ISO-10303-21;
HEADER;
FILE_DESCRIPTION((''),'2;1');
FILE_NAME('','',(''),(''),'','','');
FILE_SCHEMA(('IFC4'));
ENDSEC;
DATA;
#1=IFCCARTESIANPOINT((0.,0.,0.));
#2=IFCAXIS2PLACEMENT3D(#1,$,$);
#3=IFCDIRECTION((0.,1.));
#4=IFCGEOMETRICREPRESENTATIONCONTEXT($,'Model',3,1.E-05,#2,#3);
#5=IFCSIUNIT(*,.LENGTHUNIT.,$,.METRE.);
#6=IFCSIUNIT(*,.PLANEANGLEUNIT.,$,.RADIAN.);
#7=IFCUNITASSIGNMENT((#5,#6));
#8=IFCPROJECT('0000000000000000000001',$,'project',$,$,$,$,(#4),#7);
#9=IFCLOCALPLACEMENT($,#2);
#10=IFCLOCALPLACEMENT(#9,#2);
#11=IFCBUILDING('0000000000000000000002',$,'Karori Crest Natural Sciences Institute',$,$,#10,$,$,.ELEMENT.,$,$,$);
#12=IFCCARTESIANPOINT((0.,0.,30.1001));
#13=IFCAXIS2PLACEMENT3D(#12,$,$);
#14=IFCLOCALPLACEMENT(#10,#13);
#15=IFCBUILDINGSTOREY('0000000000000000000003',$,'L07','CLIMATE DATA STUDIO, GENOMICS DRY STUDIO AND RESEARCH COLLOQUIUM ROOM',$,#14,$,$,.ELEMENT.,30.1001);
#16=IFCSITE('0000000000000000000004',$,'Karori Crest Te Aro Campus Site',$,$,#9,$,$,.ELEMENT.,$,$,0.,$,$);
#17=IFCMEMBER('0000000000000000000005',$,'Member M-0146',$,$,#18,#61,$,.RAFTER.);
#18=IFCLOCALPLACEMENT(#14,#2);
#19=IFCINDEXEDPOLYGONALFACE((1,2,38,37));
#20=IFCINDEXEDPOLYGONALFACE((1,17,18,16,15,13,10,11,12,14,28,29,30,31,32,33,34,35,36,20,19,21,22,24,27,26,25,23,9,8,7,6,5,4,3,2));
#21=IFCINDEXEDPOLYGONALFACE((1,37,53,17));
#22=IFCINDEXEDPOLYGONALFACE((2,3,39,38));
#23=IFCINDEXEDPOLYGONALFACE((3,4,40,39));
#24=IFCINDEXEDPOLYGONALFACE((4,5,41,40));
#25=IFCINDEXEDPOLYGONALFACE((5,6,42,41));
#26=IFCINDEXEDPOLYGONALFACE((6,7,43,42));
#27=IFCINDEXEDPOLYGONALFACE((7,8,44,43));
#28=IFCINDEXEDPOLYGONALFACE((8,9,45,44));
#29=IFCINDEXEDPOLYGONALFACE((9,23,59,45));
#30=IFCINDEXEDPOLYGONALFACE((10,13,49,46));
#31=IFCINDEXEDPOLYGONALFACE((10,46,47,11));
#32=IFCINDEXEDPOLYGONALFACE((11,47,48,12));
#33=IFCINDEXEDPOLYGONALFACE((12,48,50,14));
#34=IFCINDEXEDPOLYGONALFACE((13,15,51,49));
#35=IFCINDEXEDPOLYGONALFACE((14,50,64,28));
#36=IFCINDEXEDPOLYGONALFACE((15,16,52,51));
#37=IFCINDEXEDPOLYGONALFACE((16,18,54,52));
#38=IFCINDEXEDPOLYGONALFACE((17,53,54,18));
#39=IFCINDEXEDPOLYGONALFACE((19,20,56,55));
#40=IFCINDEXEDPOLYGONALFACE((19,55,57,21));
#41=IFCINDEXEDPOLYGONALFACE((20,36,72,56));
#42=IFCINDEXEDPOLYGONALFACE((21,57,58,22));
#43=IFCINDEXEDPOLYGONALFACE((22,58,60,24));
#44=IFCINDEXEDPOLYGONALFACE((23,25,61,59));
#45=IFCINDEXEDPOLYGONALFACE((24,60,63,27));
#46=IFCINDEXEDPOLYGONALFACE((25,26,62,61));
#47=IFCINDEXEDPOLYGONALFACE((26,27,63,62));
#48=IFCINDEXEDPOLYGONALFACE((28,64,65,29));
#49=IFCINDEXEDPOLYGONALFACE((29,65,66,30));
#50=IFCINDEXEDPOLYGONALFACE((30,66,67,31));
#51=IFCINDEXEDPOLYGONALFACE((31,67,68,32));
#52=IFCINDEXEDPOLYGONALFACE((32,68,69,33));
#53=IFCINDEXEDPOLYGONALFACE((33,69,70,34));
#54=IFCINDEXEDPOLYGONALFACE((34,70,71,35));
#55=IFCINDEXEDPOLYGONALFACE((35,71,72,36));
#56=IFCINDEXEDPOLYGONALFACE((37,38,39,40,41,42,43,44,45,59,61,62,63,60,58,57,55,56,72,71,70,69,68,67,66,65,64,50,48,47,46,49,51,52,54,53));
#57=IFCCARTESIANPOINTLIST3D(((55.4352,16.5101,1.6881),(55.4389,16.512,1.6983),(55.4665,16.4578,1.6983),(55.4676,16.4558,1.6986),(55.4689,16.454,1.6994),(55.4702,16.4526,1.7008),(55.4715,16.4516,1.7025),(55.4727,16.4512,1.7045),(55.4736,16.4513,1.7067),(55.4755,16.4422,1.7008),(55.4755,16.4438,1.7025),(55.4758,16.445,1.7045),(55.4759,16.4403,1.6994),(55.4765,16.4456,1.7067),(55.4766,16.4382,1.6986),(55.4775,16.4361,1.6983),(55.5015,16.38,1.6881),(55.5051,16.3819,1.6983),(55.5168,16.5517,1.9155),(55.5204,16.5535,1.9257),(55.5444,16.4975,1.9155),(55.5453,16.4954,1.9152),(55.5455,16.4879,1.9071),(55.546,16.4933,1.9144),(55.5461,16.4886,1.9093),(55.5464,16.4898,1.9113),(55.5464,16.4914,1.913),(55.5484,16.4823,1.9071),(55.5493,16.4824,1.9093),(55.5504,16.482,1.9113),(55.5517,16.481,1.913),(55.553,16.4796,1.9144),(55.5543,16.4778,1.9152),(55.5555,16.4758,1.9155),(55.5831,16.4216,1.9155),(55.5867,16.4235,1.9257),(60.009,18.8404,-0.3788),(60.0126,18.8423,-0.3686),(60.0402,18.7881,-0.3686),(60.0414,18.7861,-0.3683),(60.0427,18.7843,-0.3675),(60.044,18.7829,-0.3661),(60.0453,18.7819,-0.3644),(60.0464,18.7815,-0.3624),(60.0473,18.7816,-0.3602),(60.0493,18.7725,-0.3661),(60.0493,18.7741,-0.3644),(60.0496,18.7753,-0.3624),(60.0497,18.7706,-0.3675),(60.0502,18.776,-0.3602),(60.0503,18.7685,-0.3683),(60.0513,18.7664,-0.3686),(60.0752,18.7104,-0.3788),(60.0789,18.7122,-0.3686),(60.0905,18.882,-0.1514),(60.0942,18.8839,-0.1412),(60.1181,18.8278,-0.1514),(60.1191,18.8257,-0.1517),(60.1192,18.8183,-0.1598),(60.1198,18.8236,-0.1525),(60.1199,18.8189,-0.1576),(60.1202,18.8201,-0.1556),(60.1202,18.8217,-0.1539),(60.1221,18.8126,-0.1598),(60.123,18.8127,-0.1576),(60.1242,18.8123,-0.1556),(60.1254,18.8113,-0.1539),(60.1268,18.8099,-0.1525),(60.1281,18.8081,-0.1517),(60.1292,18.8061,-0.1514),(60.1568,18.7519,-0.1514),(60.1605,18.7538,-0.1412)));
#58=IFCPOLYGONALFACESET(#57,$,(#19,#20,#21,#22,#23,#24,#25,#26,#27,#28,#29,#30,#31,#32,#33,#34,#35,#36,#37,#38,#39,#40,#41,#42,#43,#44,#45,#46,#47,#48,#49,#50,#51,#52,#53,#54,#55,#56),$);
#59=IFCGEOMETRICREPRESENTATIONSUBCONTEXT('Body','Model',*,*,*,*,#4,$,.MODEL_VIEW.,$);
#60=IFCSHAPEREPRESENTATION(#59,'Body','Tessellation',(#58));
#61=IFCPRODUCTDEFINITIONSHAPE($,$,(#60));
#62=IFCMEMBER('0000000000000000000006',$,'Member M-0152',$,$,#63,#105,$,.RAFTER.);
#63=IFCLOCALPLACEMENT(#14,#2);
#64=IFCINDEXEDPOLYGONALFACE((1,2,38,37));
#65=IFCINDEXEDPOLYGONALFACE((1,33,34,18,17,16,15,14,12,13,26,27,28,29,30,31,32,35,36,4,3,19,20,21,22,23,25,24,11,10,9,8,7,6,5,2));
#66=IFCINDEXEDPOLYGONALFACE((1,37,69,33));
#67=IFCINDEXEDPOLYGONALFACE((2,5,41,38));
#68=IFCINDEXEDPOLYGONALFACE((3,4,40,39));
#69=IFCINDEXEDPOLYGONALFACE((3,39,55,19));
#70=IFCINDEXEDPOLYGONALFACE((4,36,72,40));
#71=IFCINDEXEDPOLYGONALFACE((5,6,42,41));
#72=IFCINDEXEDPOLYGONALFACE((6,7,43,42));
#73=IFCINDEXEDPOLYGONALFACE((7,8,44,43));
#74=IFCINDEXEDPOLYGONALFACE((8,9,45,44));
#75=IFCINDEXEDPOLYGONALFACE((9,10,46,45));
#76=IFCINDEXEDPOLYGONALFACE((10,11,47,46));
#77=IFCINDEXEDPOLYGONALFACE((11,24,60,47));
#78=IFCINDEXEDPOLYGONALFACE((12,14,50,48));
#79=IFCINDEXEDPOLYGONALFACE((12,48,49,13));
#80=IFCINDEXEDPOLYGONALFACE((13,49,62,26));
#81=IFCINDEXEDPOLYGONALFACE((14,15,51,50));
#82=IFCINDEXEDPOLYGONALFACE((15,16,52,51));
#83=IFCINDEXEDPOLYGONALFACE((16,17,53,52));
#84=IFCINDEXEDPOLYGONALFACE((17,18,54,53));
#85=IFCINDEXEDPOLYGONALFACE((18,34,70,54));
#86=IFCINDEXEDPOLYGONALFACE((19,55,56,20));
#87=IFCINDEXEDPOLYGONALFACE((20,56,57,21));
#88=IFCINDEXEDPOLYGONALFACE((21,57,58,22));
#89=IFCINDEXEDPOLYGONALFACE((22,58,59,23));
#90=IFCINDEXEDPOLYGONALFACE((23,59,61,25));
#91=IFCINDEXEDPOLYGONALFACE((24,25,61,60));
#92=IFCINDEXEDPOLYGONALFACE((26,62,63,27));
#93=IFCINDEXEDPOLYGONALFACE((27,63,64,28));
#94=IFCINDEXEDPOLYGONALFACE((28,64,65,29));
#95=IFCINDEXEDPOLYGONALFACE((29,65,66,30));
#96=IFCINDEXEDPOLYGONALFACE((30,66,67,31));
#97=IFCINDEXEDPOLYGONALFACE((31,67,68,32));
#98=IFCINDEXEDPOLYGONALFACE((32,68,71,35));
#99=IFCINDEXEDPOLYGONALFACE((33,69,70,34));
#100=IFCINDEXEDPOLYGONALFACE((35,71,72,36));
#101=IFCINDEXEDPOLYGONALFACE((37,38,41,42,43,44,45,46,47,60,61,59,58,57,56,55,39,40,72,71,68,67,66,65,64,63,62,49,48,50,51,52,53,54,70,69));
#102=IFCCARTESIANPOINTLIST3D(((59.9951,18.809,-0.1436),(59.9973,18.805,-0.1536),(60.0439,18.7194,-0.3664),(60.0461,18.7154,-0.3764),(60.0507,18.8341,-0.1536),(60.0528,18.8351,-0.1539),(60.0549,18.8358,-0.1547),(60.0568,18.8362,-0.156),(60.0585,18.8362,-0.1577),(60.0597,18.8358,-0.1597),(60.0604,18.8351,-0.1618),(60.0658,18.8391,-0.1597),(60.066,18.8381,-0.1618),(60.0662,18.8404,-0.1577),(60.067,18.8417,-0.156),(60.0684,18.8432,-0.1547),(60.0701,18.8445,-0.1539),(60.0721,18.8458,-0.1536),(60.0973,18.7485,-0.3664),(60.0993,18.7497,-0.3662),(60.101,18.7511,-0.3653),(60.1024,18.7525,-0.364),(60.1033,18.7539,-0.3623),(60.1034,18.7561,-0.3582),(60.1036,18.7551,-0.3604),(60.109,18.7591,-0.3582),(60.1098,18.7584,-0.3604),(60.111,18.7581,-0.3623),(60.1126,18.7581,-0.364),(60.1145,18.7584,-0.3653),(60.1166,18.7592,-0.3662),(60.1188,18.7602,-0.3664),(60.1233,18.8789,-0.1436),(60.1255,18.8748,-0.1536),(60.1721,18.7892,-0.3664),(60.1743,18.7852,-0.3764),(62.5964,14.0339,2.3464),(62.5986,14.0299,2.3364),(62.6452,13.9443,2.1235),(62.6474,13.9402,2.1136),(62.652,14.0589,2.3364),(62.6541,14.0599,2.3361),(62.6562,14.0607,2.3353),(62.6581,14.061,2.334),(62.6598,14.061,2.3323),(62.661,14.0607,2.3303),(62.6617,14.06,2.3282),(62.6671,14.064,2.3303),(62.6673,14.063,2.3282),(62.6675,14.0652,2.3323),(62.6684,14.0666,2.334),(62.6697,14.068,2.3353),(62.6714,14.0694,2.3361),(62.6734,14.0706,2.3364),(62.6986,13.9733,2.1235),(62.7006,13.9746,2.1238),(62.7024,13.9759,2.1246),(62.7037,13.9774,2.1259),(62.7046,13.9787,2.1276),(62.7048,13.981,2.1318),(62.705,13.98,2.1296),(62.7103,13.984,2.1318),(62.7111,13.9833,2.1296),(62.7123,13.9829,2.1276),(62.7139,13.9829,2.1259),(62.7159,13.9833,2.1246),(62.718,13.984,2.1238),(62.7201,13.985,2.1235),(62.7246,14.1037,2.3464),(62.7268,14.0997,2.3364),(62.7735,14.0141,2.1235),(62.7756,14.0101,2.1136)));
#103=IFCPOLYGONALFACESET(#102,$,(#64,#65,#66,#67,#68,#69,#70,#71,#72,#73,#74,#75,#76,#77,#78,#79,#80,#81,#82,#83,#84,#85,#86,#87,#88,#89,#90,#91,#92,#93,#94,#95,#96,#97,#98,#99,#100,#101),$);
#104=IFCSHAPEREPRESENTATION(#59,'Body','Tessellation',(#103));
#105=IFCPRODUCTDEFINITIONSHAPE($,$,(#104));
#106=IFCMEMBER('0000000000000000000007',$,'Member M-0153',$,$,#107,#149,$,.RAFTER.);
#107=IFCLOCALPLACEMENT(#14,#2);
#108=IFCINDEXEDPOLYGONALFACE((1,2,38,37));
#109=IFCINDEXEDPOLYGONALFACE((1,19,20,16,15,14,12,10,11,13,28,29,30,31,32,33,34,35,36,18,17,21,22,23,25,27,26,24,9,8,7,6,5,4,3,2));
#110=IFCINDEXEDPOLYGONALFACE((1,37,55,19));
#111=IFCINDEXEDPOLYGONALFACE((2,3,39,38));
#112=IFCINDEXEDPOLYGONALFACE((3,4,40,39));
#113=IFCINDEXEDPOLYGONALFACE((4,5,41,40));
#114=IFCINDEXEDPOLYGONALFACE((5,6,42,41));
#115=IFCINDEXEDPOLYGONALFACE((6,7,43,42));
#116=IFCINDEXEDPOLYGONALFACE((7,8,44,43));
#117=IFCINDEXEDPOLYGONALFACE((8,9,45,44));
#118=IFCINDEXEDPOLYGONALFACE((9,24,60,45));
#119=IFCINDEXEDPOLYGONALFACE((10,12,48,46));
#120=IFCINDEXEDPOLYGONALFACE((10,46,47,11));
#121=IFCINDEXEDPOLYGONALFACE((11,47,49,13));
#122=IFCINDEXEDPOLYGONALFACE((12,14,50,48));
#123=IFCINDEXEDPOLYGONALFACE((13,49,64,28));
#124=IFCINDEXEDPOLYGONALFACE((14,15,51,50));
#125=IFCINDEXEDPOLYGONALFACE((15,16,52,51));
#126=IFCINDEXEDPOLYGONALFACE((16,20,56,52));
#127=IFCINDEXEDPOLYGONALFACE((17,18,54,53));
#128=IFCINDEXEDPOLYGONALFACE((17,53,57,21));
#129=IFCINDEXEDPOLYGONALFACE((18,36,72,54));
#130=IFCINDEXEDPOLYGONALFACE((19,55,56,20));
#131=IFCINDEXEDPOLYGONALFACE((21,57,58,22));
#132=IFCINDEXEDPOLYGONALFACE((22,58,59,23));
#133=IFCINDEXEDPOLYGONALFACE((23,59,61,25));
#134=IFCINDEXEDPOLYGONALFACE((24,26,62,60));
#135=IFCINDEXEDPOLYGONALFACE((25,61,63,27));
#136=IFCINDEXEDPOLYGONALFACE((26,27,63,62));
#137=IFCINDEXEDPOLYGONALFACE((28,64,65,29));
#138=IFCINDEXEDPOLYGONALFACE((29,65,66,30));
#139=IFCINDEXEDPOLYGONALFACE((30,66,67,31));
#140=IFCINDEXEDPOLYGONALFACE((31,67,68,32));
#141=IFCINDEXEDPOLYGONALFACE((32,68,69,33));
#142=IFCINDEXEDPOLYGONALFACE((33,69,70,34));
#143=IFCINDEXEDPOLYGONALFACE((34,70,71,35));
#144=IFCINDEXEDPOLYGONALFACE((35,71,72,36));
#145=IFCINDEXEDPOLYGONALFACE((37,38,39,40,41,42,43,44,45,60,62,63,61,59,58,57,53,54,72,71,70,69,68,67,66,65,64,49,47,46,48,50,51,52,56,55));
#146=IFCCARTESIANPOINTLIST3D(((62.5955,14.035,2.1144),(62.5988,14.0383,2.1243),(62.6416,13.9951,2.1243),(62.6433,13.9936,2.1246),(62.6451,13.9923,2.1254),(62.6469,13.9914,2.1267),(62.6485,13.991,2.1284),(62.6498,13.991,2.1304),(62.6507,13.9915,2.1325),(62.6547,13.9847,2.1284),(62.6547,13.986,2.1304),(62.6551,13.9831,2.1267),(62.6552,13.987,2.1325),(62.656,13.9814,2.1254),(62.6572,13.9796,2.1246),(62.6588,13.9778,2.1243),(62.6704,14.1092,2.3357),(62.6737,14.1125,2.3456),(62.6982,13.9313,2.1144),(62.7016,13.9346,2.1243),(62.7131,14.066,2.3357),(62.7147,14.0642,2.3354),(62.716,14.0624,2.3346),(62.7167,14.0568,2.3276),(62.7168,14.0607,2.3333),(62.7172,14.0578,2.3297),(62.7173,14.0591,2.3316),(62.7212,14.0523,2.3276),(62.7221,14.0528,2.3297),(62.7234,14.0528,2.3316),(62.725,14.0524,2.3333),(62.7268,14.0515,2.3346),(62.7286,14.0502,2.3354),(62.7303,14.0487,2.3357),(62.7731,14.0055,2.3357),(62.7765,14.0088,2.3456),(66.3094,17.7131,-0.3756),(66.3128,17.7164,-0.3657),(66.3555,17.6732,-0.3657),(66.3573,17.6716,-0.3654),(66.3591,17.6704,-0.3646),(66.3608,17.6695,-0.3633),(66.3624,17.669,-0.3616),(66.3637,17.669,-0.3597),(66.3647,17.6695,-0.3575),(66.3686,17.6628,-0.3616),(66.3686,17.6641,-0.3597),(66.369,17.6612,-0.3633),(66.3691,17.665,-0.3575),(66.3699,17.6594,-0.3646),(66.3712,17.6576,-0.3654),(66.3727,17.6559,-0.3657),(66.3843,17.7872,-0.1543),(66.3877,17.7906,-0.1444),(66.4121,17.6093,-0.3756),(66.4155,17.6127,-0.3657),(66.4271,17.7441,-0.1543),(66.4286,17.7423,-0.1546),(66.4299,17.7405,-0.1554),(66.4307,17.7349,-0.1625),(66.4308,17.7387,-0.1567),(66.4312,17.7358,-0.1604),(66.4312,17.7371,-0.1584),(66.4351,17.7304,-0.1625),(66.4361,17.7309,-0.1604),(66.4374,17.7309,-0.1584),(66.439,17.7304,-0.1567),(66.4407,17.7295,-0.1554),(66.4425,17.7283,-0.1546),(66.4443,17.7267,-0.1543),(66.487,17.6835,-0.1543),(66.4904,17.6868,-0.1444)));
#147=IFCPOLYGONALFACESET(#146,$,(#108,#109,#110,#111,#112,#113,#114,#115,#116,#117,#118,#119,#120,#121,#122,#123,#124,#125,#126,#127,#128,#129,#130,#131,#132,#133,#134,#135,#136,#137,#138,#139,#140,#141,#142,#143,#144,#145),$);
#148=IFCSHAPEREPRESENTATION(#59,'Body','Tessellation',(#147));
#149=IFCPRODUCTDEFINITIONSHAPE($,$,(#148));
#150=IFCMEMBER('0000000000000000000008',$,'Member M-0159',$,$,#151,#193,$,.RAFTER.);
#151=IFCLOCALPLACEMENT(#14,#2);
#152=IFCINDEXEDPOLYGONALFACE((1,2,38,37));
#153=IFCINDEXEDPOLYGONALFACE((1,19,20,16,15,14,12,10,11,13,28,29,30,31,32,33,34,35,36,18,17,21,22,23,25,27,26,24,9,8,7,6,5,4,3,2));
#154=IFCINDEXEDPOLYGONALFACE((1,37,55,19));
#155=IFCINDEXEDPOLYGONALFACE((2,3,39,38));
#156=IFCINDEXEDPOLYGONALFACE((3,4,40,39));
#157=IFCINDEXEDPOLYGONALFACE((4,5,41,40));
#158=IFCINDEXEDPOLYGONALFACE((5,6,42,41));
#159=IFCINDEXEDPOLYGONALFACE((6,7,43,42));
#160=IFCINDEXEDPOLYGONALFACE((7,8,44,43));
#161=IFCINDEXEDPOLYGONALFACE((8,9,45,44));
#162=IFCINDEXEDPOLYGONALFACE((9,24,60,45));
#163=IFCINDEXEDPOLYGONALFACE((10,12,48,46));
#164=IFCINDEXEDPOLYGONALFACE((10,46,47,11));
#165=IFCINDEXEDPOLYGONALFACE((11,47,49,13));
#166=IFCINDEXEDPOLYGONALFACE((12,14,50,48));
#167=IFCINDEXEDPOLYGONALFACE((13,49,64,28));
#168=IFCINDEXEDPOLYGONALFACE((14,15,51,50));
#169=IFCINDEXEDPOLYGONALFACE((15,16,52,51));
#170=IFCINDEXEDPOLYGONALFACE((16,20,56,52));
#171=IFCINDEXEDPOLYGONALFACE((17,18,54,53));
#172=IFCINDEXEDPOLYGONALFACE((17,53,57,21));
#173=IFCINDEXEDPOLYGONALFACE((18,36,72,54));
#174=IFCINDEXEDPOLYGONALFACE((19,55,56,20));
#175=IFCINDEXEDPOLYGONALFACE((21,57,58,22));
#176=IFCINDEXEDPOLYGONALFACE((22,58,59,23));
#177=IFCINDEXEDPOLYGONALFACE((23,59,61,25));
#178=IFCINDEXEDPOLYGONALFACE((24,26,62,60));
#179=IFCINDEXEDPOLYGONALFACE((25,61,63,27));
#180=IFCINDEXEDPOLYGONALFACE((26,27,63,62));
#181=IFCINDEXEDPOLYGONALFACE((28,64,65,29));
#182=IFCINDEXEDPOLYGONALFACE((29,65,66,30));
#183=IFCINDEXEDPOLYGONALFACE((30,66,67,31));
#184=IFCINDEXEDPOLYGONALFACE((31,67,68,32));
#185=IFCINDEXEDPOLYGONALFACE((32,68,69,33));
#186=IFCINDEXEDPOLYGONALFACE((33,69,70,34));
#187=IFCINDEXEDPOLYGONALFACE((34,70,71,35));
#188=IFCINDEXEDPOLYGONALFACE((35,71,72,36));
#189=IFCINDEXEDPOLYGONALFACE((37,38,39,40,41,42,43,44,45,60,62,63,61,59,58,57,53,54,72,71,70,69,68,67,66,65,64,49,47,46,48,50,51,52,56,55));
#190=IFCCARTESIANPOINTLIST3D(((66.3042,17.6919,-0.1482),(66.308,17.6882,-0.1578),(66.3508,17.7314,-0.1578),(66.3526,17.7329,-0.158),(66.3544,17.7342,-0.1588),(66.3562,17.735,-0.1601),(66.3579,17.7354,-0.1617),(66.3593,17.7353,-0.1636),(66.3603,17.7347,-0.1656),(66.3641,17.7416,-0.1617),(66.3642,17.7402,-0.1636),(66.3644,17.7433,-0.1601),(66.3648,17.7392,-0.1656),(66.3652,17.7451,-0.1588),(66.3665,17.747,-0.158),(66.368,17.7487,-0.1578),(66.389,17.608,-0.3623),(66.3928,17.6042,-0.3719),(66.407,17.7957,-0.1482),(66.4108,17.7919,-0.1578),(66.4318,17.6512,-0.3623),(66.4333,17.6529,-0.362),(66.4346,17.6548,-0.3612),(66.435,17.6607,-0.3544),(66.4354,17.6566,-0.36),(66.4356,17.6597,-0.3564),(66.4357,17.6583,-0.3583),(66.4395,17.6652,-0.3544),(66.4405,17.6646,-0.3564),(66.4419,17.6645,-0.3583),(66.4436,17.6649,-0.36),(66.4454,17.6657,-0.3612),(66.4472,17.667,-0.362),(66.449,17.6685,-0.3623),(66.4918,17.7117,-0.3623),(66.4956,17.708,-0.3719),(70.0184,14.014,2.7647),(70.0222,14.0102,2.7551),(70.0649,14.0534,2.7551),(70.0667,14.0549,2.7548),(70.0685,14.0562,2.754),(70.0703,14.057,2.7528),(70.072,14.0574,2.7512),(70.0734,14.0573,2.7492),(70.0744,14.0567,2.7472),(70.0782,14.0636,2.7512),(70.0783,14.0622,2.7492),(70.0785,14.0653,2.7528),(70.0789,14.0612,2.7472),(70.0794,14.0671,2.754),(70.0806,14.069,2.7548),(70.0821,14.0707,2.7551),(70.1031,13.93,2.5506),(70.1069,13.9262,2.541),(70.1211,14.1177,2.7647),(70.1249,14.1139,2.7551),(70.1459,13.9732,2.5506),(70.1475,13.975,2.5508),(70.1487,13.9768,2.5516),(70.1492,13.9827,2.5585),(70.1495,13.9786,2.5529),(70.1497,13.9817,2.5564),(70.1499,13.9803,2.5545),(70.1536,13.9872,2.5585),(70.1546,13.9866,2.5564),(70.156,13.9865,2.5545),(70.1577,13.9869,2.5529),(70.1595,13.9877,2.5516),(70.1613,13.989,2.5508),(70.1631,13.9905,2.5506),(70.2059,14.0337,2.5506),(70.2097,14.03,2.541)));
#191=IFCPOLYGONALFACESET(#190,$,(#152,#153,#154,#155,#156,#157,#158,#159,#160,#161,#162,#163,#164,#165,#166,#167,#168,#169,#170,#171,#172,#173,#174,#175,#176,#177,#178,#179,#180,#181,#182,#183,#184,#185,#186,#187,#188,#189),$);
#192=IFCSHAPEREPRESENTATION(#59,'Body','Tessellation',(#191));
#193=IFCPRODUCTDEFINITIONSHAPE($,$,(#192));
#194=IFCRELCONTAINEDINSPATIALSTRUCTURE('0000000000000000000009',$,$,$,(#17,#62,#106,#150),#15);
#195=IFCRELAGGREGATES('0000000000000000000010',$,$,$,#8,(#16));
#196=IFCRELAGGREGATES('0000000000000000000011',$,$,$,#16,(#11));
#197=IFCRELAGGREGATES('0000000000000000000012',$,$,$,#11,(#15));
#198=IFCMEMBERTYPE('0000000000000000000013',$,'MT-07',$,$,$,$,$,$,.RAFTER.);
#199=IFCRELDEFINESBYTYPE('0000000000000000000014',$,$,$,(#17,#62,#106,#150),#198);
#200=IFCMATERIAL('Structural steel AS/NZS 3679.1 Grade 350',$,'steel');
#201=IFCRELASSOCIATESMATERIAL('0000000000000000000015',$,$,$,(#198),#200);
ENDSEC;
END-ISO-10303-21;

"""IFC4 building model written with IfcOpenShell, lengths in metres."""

from ifc_helpers import new_model, si_unit, direction, frame, origin, origin_2d, place, context, subcontext, project, spatial, i_section, extrude, material, material_profile, profile_set, type_object, element, save


model = new_model("IFC4")

# Units and contexts
model_context = context("Model", 3, precision=1e-05, world=origin(), true_north=direction((0.0, 1.0)))
body_context = subcontext(model_context, "Body", "Model", "MODEL_VIEW")
ifc_project = project(units=[si_unit("LENGTHUNIT", "METRE"), si_unit("PLANEANGLEUNIT", "RADIAN")], contexts=[model_context])

# Site, building, storey
site_placement = place(None, origin())
site = spatial("IfcSite", under=ifc_project, at=site_placement, Name="Karori Crest Te Aro Campus Site", CompositionType="ELEMENT", RefElevation=0.0)
building_placement = place(site_placement, origin())
building = spatial("IfcBuilding", under=site, at=building_placement, Name="Karori Crest Natural Sciences Institute", CompositionType="ELEMENT")
storey_placement = place(building_placement, frame((0.0, 0.0, 30.1001)))
storey = spatial("IfcBuildingStorey", under=building, at=storey_placement, Name="L07", Description="CLIMATE DATA STUDIO, GENOMICS DRY STUDIO AND RESEARCH COLLOQUIUM ROOM", CompositionType="ELEMENT", Elevation=30.1001)

# Members
ifc_material_1 = material(Name="Structural steel AS/NZS 3679.1 Grade 350", Category="steel")
ifc_material_profile_1 = material_profile(ifc_material_1, i_section(OverallWidth=0.146, OverallDepth=0.2561, WebThickness=0.0063, FlangeThickness=0.011, FilletRadius=0.009, at=origin_2d()), Name="250UB37.3")
ifc_profile_set_1 = profile_set([ifc_material_profile_1], Name="Structural steel AS/NZS 3679.1 Grade 350")
member_type_1 = type_object("IfcMemberType", Name="MT-07", PredefinedType="RAFTER", material=ifc_profile_set_1)
member_1_placement = place(storey_placement, frame((60.0847, 18.7971, -0.26), z_axis=(-0.826528, -0.421117, 0.373513), x_axis=(0.453974, -0.891015, 0.0)))
element("IfcMember", 1, at=member_1_placement, inside=storey, type_object=member_type_1, Name="Member M-0146", PredefinedType="RAFTER", context=body_context, shape_type="SweptSolid", body=[
    extrude(i_section(OverallWidth=0.146, OverallDepth=0.2561, WebThickness=0.0063, FlangeThickness=0.011, FilletRadius=0.009, at=origin_2d()), origin(), (0.0, 0.0, 1.0), 5.5337),
])
member_2_placement = place(storey_placement, frame((60.0847, 18.7971, -0.26), z_axis=(0.434951, -0.798424, 0.416337), x_axis=(0.878151, 0.478383, 0.0)))
element("IfcMember", 2, at=member_2_placement, inside=storey, type_object=member_type_1, Name="Member M-0152", PredefinedType="RAFTER", context=body_context, shape_type="SweptSolid", body=[
    extrude(i_section(OverallWidth=0.146, OverallDepth=0.2561, WebThickness=0.0063, FlangeThickness=0.011, FilletRadius=0.009, at=origin_2d()), origin(), (0.0, 0.0, 1.0), 5.9807),
])
member_3_placement = place(storey_placement, frame((66.3999, 17.7, -0.26), z_axis=(-0.641463, -0.635265, 0.430074), x_axis=(0.703665, -0.710532, 0.0)))
element("IfcMember", 3, at=member_3_placement, inside=storey, type_object=member_type_1, Name="Member M-0153", PredefinedType="RAFTER", context=body_context, shape_type="SweptSolid", body=[
    extrude(i_section(OverallWidth=0.146, OverallDepth=0.2561, WebThickness=0.0063, FlangeThickness=0.011, FilletRadius=0.009, at=origin_2d()), origin(), (0.0, 0.0, 1.0), 5.7898),
])
member_4_placement = place(storey_placement, frame((66.3999, 17.7, -0.26), z_axis=(0.620686, -0.614648, 0.486782), x_axis=(0.703642, 0.710555, 0.0)))
element("IfcMember", 4, at=member_4_placement, inside=storey, type_object=member_type_1, Name="Member M-0159", PredefinedType="RAFTER", context=body_context, shape_type="SweptSolid", body=[
    extrude(i_section(OverallWidth=0.146, OverallDepth=0.2561, WebThickness=0.0063, FlangeThickness=0.011, FilletRadius=0.009, at=origin_2d()), origin(), (0.0, 0.0, 1.0), 5.9839),
])

save(model, "model.ifc")
